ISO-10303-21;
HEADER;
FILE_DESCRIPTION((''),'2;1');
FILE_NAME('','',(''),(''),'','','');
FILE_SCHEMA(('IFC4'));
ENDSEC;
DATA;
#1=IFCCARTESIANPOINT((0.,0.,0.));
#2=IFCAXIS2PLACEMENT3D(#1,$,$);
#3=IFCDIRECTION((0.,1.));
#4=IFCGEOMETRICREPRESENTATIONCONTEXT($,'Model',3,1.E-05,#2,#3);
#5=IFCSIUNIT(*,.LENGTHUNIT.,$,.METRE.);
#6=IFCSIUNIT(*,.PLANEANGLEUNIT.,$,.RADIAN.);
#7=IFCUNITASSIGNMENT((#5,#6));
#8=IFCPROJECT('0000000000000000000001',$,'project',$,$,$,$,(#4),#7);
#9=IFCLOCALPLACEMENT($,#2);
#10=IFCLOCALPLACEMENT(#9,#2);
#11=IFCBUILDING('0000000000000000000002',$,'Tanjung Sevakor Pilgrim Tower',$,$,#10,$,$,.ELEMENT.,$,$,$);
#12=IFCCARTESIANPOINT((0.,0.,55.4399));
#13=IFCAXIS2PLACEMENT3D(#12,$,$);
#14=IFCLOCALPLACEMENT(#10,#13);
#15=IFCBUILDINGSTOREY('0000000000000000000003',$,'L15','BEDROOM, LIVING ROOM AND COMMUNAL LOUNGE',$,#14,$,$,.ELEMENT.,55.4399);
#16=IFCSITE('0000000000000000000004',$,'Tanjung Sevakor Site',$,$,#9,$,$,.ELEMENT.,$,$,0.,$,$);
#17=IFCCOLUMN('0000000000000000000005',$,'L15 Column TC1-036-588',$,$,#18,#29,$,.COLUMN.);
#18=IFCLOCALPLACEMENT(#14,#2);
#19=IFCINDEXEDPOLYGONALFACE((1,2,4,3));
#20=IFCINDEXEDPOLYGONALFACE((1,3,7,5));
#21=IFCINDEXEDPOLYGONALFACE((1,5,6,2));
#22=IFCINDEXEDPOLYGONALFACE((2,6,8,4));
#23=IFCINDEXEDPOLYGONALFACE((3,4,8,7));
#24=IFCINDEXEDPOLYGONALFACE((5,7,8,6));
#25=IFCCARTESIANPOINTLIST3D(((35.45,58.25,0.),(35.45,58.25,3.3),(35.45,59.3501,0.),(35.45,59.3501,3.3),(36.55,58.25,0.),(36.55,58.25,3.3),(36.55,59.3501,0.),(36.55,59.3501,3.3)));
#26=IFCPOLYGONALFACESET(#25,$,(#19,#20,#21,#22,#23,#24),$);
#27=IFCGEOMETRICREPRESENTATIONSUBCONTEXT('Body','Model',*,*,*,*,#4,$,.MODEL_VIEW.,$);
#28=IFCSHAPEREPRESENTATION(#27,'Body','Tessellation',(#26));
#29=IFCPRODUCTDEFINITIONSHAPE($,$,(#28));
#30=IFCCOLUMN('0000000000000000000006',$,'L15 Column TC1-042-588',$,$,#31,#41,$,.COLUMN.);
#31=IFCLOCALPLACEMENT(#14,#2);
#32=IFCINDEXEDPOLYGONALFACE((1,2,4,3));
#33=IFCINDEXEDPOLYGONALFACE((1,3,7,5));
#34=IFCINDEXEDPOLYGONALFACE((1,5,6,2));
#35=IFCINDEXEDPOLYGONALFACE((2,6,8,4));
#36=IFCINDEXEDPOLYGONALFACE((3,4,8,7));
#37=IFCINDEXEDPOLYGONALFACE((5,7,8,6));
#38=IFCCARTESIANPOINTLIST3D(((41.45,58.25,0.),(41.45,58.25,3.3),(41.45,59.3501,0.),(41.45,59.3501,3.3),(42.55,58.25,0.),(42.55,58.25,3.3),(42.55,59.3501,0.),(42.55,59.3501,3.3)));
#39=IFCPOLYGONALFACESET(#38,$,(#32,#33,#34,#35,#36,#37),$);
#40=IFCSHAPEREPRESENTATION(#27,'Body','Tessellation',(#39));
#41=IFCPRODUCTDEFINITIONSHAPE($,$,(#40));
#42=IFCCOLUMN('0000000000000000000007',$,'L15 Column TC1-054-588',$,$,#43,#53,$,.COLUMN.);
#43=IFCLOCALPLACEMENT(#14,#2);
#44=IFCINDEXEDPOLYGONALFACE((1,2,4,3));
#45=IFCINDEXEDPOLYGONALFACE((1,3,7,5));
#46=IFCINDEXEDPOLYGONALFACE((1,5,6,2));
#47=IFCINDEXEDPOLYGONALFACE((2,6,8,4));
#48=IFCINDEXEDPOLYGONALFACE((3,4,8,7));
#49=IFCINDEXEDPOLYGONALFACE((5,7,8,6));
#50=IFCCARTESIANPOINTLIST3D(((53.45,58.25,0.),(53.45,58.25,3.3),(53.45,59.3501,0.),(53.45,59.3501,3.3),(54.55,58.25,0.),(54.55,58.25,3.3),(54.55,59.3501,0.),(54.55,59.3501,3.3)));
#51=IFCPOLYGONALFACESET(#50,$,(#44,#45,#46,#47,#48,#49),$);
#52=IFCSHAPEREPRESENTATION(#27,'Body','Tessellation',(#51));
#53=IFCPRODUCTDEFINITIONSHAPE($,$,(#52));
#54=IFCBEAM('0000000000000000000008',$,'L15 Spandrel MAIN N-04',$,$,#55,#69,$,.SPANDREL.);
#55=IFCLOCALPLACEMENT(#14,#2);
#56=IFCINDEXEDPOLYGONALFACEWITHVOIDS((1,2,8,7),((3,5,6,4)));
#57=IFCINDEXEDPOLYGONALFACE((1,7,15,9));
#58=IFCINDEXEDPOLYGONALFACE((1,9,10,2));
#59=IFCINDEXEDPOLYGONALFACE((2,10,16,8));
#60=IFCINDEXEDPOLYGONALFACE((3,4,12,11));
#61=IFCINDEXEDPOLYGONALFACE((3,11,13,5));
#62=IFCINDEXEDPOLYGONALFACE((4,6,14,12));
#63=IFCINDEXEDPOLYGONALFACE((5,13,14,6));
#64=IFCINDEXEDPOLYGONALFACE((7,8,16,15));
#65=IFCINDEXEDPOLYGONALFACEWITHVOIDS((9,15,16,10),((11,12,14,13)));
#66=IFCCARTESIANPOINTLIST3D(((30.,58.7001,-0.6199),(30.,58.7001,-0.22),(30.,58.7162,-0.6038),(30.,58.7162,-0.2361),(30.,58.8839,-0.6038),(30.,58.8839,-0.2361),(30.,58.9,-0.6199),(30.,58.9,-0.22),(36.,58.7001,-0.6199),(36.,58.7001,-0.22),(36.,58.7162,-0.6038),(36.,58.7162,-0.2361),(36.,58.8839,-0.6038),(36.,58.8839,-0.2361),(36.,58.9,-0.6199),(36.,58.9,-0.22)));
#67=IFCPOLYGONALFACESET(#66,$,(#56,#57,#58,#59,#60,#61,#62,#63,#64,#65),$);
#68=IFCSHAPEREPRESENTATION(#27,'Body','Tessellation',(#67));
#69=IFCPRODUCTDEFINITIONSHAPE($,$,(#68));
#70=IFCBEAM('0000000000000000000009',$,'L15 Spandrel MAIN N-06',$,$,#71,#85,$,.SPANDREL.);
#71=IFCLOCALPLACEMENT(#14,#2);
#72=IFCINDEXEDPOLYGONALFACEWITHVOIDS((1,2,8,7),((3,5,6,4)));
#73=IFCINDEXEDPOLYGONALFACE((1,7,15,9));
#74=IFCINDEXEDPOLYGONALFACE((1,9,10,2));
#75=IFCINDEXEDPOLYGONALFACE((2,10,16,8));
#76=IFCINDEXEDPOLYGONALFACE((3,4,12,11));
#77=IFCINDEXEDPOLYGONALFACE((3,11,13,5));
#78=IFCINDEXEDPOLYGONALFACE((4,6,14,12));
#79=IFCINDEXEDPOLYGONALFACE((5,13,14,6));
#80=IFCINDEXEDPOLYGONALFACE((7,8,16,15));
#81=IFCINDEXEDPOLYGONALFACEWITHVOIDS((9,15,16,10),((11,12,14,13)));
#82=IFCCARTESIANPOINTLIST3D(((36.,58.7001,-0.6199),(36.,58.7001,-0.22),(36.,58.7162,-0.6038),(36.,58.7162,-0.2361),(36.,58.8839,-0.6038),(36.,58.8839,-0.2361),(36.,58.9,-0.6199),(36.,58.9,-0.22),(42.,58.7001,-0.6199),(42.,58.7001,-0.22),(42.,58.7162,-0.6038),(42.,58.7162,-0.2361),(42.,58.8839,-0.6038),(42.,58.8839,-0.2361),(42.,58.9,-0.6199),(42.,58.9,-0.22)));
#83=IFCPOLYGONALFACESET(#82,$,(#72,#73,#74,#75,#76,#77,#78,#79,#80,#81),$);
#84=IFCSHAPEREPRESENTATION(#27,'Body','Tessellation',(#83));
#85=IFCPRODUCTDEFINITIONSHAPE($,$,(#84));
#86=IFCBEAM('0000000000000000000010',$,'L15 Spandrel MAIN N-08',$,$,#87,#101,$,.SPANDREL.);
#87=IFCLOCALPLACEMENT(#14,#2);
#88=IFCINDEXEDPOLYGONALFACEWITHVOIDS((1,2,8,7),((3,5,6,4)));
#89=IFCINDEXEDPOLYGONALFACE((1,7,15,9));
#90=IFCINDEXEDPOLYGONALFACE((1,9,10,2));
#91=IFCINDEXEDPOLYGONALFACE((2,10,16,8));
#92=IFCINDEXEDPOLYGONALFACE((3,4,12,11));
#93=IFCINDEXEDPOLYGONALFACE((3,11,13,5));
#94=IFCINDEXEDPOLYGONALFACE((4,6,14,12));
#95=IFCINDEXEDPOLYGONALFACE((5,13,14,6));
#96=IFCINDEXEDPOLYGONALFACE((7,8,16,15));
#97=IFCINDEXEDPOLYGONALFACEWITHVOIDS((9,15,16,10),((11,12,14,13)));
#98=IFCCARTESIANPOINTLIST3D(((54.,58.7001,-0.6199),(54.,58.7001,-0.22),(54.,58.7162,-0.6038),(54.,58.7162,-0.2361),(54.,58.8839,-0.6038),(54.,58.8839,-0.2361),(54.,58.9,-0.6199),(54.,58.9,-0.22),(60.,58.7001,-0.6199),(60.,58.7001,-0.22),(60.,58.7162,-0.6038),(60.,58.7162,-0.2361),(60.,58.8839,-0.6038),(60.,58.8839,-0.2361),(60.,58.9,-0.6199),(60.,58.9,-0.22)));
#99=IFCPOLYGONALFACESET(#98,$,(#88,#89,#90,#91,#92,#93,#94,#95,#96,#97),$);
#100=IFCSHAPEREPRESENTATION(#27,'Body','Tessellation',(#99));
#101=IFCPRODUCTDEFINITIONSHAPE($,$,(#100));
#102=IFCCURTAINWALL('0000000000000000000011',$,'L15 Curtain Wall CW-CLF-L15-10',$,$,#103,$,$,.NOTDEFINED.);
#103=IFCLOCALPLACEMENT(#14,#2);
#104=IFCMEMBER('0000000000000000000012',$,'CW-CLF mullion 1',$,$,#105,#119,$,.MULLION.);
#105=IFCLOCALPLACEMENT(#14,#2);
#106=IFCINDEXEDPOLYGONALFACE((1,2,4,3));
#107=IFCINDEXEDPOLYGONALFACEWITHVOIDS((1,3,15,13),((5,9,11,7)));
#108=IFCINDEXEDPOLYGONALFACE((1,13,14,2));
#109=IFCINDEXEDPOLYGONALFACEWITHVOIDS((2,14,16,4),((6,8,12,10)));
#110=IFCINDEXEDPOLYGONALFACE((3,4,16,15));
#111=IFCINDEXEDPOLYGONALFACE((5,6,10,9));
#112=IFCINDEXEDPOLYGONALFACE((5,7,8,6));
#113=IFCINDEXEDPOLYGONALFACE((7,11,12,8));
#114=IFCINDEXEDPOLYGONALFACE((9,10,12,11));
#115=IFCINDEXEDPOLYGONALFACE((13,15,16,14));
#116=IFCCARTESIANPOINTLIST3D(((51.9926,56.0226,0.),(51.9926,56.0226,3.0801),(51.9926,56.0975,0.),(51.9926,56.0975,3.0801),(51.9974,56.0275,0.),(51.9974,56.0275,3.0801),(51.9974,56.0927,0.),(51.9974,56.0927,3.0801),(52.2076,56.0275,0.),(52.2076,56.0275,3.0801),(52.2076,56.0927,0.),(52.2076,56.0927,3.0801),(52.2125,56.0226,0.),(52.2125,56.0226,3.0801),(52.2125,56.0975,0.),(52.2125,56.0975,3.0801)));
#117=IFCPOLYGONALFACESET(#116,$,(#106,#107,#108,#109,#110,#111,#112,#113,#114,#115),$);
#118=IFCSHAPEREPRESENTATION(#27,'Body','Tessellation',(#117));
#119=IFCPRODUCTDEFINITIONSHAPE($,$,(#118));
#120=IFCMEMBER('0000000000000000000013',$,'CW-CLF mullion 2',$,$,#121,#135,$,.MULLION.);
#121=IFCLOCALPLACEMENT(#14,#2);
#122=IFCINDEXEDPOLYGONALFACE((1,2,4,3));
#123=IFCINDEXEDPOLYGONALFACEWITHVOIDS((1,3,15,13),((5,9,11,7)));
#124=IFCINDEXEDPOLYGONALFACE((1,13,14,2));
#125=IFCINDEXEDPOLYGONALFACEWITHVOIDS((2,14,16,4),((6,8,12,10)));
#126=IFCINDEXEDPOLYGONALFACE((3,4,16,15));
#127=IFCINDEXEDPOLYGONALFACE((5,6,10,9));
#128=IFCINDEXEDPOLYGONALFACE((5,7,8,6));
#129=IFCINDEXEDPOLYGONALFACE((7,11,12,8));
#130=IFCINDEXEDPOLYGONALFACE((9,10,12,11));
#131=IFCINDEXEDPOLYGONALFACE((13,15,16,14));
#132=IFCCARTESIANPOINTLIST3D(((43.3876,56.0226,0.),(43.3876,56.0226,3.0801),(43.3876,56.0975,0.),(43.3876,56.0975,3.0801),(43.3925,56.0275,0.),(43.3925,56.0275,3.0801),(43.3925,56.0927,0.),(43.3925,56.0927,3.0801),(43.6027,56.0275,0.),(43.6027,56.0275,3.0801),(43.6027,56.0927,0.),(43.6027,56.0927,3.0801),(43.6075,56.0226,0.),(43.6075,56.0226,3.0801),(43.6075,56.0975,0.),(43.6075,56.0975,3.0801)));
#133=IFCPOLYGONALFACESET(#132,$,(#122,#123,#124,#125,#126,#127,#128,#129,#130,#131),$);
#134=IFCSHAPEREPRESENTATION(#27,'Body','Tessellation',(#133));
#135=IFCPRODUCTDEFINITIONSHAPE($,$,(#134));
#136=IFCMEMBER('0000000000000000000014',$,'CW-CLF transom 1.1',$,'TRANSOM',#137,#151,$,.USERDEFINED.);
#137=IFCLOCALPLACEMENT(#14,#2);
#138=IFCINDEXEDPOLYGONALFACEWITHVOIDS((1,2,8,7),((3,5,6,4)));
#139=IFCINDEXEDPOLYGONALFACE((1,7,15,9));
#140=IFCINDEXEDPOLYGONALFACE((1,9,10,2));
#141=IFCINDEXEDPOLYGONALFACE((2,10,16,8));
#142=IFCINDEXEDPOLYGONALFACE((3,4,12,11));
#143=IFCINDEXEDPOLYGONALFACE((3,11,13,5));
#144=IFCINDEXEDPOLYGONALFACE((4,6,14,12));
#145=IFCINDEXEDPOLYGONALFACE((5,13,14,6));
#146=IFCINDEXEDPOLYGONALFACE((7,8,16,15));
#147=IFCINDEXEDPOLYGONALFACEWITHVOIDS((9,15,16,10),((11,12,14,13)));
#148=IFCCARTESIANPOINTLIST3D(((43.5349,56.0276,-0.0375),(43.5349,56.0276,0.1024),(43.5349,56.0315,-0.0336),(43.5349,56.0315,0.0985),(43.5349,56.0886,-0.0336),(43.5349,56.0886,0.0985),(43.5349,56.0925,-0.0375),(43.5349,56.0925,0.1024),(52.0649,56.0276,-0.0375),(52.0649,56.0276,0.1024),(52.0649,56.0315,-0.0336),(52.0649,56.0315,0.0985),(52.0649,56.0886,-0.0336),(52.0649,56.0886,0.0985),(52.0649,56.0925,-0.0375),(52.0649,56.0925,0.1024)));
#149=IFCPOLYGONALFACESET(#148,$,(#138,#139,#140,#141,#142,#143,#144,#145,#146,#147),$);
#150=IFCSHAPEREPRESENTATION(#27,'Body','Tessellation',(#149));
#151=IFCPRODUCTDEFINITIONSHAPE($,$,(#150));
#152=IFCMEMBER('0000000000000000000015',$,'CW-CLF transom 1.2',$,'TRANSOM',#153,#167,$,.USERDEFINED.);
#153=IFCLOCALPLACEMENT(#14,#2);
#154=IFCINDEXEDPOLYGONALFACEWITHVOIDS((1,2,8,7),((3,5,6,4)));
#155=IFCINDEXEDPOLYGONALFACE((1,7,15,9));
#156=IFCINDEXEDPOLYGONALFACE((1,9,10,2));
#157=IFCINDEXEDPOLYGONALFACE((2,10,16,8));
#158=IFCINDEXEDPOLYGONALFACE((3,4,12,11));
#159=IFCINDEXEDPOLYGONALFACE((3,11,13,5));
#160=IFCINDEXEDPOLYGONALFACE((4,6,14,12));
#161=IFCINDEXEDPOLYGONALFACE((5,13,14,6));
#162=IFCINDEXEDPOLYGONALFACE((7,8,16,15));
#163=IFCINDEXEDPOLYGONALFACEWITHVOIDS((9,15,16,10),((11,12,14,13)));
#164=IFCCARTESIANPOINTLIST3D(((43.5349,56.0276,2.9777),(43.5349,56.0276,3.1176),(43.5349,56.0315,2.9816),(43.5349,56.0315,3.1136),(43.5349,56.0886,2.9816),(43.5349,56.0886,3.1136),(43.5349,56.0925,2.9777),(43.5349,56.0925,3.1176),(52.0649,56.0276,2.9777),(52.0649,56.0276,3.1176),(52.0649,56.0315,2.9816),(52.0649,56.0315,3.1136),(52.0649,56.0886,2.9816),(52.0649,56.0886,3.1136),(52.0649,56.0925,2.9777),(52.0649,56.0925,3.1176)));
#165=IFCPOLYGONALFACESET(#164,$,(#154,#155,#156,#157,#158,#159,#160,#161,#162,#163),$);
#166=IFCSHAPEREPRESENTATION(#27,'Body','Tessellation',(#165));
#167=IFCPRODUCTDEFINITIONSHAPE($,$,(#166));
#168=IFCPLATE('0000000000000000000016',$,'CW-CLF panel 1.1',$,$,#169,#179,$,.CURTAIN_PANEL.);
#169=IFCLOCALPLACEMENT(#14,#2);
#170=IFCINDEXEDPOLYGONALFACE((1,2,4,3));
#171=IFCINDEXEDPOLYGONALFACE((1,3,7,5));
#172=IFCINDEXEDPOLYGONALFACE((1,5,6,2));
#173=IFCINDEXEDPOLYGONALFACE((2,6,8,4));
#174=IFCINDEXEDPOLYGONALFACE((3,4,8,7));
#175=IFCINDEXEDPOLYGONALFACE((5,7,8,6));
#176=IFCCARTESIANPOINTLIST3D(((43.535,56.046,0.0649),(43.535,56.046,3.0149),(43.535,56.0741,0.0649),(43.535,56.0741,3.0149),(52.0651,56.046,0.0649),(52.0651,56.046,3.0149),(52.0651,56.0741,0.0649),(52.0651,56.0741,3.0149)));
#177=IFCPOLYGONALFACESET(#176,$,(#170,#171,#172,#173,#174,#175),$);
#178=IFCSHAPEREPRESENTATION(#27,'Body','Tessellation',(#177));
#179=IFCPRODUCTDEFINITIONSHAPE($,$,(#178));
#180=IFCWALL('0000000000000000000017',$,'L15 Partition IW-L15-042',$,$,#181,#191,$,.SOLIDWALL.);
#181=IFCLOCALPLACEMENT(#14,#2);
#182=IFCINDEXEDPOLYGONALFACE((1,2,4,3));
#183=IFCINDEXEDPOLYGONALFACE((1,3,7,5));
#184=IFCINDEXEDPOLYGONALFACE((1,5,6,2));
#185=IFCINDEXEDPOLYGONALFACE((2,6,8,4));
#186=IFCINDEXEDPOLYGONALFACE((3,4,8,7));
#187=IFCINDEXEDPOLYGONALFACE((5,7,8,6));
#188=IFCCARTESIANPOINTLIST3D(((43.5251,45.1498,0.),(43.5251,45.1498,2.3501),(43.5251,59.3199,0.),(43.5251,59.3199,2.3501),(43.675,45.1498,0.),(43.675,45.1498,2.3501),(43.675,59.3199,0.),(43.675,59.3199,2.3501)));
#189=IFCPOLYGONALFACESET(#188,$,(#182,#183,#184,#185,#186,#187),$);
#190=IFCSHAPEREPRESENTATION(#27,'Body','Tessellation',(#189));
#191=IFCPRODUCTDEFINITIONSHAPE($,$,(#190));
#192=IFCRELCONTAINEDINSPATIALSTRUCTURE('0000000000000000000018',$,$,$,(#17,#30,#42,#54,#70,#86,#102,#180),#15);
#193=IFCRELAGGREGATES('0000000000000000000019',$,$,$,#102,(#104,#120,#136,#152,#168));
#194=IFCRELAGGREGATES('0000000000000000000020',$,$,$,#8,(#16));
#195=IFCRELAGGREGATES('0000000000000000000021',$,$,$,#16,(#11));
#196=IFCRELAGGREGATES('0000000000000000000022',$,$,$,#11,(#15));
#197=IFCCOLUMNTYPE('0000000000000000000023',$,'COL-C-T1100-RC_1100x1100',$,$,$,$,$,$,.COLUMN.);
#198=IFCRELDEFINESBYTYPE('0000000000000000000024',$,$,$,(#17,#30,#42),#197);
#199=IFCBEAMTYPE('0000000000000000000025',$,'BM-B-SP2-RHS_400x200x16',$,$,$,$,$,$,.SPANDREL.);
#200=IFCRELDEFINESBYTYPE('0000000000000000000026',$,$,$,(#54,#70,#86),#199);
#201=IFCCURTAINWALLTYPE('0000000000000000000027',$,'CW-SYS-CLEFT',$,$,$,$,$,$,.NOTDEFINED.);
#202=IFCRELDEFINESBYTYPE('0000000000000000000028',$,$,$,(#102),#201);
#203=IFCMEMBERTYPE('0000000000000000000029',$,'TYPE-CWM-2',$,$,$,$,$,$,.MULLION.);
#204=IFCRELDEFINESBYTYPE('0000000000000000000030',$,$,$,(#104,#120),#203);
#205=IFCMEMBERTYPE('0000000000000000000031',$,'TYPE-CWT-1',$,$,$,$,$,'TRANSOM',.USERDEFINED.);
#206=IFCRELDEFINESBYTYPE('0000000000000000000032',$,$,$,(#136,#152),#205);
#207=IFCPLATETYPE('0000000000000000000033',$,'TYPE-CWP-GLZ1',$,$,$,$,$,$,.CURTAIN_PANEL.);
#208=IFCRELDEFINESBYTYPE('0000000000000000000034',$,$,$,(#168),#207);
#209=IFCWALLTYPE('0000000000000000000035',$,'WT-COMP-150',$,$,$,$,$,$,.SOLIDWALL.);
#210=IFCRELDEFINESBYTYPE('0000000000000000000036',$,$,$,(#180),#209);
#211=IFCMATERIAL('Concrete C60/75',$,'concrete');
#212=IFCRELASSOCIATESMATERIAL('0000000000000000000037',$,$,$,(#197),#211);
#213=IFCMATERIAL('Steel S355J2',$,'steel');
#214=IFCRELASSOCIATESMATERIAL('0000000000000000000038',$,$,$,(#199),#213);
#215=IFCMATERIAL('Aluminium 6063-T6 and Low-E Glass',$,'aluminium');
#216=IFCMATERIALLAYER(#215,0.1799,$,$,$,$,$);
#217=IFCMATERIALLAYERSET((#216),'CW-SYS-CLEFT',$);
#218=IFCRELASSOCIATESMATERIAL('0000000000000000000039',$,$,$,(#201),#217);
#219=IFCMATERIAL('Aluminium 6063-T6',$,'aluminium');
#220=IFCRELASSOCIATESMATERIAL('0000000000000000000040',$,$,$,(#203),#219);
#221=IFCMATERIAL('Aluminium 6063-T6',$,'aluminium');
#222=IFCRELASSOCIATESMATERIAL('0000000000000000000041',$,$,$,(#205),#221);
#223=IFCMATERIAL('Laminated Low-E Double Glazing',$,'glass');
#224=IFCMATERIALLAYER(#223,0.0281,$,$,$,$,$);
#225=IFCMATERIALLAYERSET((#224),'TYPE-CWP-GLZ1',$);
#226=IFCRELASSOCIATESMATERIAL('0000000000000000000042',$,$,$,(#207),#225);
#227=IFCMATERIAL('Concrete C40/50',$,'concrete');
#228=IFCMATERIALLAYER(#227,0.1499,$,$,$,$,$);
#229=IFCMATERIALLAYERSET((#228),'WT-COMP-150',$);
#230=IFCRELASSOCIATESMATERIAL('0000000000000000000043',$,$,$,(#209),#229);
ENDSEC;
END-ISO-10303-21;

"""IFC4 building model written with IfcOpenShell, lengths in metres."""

from ifc_helpers import new_model, si_unit, direction, frame, frame_2d, origin, origin_2d, place, context, subcontext, project, spatial, rectangle, hollow_rectangle, extrude, material, layer, layer_set, material_profile, profile_set, type_object, element, aggregate, save


model = new_model("IFC4")

# Units and contexts
model_context = context("Model", 3, precision=1e-05, world=origin(), true_north=direction((0.0, 1.0)))
body_context = subcontext(model_context, "Body", "Model", "MODEL_VIEW")
ifc_project = project(units=[si_unit("LENGTHUNIT", "METRE"), si_unit("PLANEANGLEUNIT", "RADIAN")], contexts=[model_context])

# Site, building, storey
site_placement = place(None, origin())
site = spatial("IfcSite", under=ifc_project, at=site_placement, Name="Tanjung Sevakor Site", CompositionType="ELEMENT", RefElevation=0.0)
building_placement = place(site_placement, origin())
building = spatial("IfcBuilding", under=site, at=building_placement, Name="Tanjung Sevakor Pilgrim Tower", CompositionType="ELEMENT")
storey_placement = place(building_placement, frame((0.0, 0.0, 55.4399)))
storey = spatial("IfcBuildingStorey", under=building, at=storey_placement, Name="L15", Description="BEDROOM, LIVING ROOM AND COMMUNAL LOUNGE", CompositionType="ELEMENT", Elevation=55.4399)

# Columns
ifc_material_1 = material(Name="Concrete C60/75", Category="concrete")
ifc_material_profile_1 = material_profile(ifc_material_1, rectangle(XDim=1.1001, YDim=1.1001, at=origin_2d()))
ifc_profile_set_1 = profile_set([ifc_material_profile_1], Name="Concrete C60/75")
column_type = type_object("IfcColumnType", Name="COL-C-T1100-RC_1100x1100", PredefinedType="COLUMN", material=ifc_profile_set_1)
for number, where, z_axis, x_axis, name in (
    (1, (36.0, 58.8, 0.0), (0.0, 0.0, 1.0), (1.0, 0.0, 0.0), "L15 Column TC1-036-588"),
    (2, (42.0, 58.8, 0.0), (0.0, 0.0, 1.0), (1.0, 0.0, 0.0), "L15 Column TC1-042-588"),
    (3, (54.0, 58.8, 0.0), (0.0, 0.0, 1.0), (1.0, 0.0, 0.0), "L15 Column TC1-054-588"),
):
    element("IfcColumn", number, at=place(storey_placement, frame(where, z_axis=z_axis, x_axis=x_axis)), inside=storey, type_object=column_type, Name=name, PredefinedType="COLUMN", context=body_context, shape_type="SweptSolid", body=[
        extrude(rectangle(XDim=1.1001, YDim=1.1001, at=origin_2d()), origin(), (0.0, 0.0, 1.0), 3.3),
    ])

# Beams
ifc_material_2 = material(Name="Steel S355J2", Category="steel")
ifc_material_profile_2 = material_profile(ifc_material_2, hollow_rectangle(XDim=0.2, YDim=0.3999, WallThickness=0.0161, at=origin_2d()))
ifc_profile_set_2 = profile_set([ifc_material_profile_2], Name="Steel S355J2")
beam_type = type_object("IfcBeamType", Name="BM-B-SP2-RHS_400x200x16", PredefinedType="SPANDREL", material=ifc_profile_set_2)
for number, where, z_axis, x_axis, name in (
    (4, (30.0, 58.8, -0.4199), (1.0, 0.0, 0.0), (0.0, 1.0, 0.0), "L15 Spandrel MAIN N-04"),
    (5, (36.0, 58.8, -0.4199), (1.0, 0.0, 0.0), (0.0, 1.0, 0.0), "L15 Spandrel MAIN N-06"),
    (6, (54.0, 58.8, -0.4199), (1.0, 0.0, 0.0), (0.0, 1.0, 0.0), "L15 Spandrel MAIN N-08"),
):
    element("IfcBeam", number, at=place(storey_placement, frame(where, z_axis=z_axis, x_axis=x_axis)), inside=storey, type_object=beam_type, Name=name, PredefinedType="SPANDREL", context=body_context, shape_type="SweptSolid", body=[
        extrude(hollow_rectangle(XDim=0.2, YDim=0.3999, WallThickness=0.0161, at=origin_2d()), origin(), (0.0, 0.0, 1.0), 6.0),
    ])

# Curtain wall, members, plate
ifc_material_3 = material(Name="Aluminium 6063-T6 and Low-E Glass", Category="aluminium")
ifc_layer_1 = layer(ifc_material_3, 0.1799)
ifc_layer_set_1 = layer_set([ifc_layer_1], Name="CW-SYS-CLEFT")
curtain_wall_type = type_object("IfcCurtainWallType", Name="CW-SYS-CLEFT", PredefinedType="NOTDEFINED", material=ifc_layer_set_1)
curtain_wall_placement = place(storey_placement, origin())
curtain_wall = element("IfcCurtainWall", 7, at=curtain_wall_placement, inside=storey, type_object=curtain_wall_type, Name="L15 Curtain Wall CW-CLF-L15-10", PredefinedType="NOTDEFINED")
ifc_material_4 = material(Name="Aluminium 6063-T6", Category="aluminium")
ifc_material_profile_3 = material_profile(ifc_material_4, hollow_rectangle(XDim=0.075, YDim=0.22, WallThickness=0.0049, at=origin_2d()))
ifc_profile_set_3 = profile_set([ifc_material_profile_3], Name="Aluminium 6063-T6")
member_type_1 = type_object("IfcMemberType", Name="TYPE-CWM-2", PredefinedType="MULLION", material=ifc_profile_set_3)
member_1_placement = place(storey_placement, frame((52.1025, 56.0601, 0.0), z_axis=(0.0, 0.0, 1.0), x_axis=(0.0, -1.0, 0.0)))
member_1 = element("IfcMember", 8, at=member_1_placement, type_object=member_type_1, Name="CW-CLF mullion 1", PredefinedType="MULLION", context=body_context, shape_type="SweptSolid", body=[
    extrude(hollow_rectangle(XDim=0.075, YDim=0.22, WallThickness=0.0049, at=origin_2d()), origin(), (0.0, 0.0, 1.0), 3.0801),
])
member_2_placement = place(storey_placement, frame((43.4976, 56.0601, 0.0), z_axis=(0.0, 0.0, 1.0), x_axis=(0.0, -1.0, 0.0)))
member_2 = element("IfcMember", 9, at=member_2_placement, type_object=member_type_1, Name="CW-CLF mullion 2", PredefinedType="MULLION", context=body_context, shape_type="SweptSolid", body=[
    extrude(hollow_rectangle(XDim=0.075, YDim=0.22, WallThickness=0.0049, at=origin_2d()), origin(), (0.0, 0.0, 1.0), 3.0801),
])
ifc_material_5 = material(Name="Aluminium 6063-T6", Category="aluminium")
ifc_material_profile_4 = material_profile(ifc_material_5, hollow_rectangle(XDim=0.0649, YDim=0.1399, WallThickness=0.0039, at=origin_2d()))
ifc_profile_set_4 = profile_set([ifc_material_profile_4], Name="Aluminium 6063-T6")
member_type_2 = type_object("IfcMemberType", Name="TYPE-CWT-1", ElementType="TRANSOM", PredefinedType="USERDEFINED", material=ifc_profile_set_4)
member_3_placement = place(storey_placement, frame((52.0649, 56.0601, 0.0325), z_axis=(-1.0, 0.0, 0.0), x_axis=(0.0, -1.0, 0.0)))
member_3 = element("IfcMember", 10, at=member_3_placement, type_object=member_type_2, Name="CW-CLF transom 1.1", ObjectType="TRANSOM", PredefinedType="USERDEFINED", context=body_context, shape_type="SweptSolid", body=[
    extrude(hollow_rectangle(XDim=0.0649, YDim=0.1399, WallThickness=0.0039, at=origin_2d()), origin(), (0.0, 0.0, 1.0), 8.53),
])
member_4_placement = place(storey_placement, frame((52.0649, 56.0601, 3.0476), z_axis=(-1.0, 0.0, 0.0), x_axis=(0.0, -1.0, 0.0)))
member_4 = element("IfcMember", 11, at=member_4_placement, type_object=member_type_2, Name="CW-CLF transom 1.2", ObjectType="TRANSOM", PredefinedType="USERDEFINED", context=body_context, shape_type="SweptSolid", body=[
    extrude(hollow_rectangle(XDim=0.0649, YDim=0.1399, WallThickness=0.0039, at=origin_2d()), origin(), (0.0, 0.0, 1.0), 8.53),
])
ifc_material_6 = material(Name="Laminated Low-E Double Glazing", Category="glass")
ifc_layer_2 = layer(ifc_material_6, 0.0281)
ifc_layer_set_2 = layer_set([ifc_layer_2], Name="TYPE-CWP-GLZ1")
plate_type = type_object("IfcPlateType", Name="TYPE-CWP-GLZ1", PredefinedType="CURTAIN_PANEL", material=ifc_layer_set_2)
plate_placement = place(storey_placement, frame((47.8, 56.0601, 0.0649), z_axis=(0.0, 0.0, 1.0), x_axis=(-1.0, 0.0, 0.0)))
plate = element("IfcPlate", 12, at=plate_placement, type_object=plate_type, Name="CW-CLF panel 1.1", PredefinedType="CURTAIN_PANEL", context=body_context, shape_type="SweptSolid", body=[
    extrude(rectangle(XDim=8.53, YDim=0.0281, at=origin_2d()), origin(), (0.0, 0.0, 1.0), 2.95),
])
aggregate(curtain_wall, [member_1, member_2, member_3, member_4, plate])

# Wall
ifc_material_7 = material(Name="Concrete C40/50", Category="concrete")
ifc_layer_3 = layer(ifc_material_7, 0.1499)
ifc_layer_set_3 = layer_set([ifc_layer_3], Name="WT-COMP-150")
wall_type_1 = type_object("IfcWallType", Name="WT-COMP-150", PredefinedType="SOLIDWALL", material=ifc_layer_set_3)
for number, where, z_axis, x_axis, name in (
    (13, (43.6001, 45.1499, 0.0), (0.0, 0.0, 1.0), (0.0, 1.0, 0.0), "L15 Partition IW-L15-042"),
):
    element("IfcWall", number, at=place(storey_placement, frame(where, z_axis=z_axis, x_axis=x_axis)), inside=storey, type_object=wall_type_1, Name=name, PredefinedType="SOLIDWALL", context=body_context, shape_type="SweptSolid", body=[
        extrude(rectangle(XDim=14.1702, YDim=0.1499, at=frame_2d((7.085, 0.0))), origin(), (0.0, 0.0, 1.0), 2.3501),
    ])

save(model, "model.ifc")
